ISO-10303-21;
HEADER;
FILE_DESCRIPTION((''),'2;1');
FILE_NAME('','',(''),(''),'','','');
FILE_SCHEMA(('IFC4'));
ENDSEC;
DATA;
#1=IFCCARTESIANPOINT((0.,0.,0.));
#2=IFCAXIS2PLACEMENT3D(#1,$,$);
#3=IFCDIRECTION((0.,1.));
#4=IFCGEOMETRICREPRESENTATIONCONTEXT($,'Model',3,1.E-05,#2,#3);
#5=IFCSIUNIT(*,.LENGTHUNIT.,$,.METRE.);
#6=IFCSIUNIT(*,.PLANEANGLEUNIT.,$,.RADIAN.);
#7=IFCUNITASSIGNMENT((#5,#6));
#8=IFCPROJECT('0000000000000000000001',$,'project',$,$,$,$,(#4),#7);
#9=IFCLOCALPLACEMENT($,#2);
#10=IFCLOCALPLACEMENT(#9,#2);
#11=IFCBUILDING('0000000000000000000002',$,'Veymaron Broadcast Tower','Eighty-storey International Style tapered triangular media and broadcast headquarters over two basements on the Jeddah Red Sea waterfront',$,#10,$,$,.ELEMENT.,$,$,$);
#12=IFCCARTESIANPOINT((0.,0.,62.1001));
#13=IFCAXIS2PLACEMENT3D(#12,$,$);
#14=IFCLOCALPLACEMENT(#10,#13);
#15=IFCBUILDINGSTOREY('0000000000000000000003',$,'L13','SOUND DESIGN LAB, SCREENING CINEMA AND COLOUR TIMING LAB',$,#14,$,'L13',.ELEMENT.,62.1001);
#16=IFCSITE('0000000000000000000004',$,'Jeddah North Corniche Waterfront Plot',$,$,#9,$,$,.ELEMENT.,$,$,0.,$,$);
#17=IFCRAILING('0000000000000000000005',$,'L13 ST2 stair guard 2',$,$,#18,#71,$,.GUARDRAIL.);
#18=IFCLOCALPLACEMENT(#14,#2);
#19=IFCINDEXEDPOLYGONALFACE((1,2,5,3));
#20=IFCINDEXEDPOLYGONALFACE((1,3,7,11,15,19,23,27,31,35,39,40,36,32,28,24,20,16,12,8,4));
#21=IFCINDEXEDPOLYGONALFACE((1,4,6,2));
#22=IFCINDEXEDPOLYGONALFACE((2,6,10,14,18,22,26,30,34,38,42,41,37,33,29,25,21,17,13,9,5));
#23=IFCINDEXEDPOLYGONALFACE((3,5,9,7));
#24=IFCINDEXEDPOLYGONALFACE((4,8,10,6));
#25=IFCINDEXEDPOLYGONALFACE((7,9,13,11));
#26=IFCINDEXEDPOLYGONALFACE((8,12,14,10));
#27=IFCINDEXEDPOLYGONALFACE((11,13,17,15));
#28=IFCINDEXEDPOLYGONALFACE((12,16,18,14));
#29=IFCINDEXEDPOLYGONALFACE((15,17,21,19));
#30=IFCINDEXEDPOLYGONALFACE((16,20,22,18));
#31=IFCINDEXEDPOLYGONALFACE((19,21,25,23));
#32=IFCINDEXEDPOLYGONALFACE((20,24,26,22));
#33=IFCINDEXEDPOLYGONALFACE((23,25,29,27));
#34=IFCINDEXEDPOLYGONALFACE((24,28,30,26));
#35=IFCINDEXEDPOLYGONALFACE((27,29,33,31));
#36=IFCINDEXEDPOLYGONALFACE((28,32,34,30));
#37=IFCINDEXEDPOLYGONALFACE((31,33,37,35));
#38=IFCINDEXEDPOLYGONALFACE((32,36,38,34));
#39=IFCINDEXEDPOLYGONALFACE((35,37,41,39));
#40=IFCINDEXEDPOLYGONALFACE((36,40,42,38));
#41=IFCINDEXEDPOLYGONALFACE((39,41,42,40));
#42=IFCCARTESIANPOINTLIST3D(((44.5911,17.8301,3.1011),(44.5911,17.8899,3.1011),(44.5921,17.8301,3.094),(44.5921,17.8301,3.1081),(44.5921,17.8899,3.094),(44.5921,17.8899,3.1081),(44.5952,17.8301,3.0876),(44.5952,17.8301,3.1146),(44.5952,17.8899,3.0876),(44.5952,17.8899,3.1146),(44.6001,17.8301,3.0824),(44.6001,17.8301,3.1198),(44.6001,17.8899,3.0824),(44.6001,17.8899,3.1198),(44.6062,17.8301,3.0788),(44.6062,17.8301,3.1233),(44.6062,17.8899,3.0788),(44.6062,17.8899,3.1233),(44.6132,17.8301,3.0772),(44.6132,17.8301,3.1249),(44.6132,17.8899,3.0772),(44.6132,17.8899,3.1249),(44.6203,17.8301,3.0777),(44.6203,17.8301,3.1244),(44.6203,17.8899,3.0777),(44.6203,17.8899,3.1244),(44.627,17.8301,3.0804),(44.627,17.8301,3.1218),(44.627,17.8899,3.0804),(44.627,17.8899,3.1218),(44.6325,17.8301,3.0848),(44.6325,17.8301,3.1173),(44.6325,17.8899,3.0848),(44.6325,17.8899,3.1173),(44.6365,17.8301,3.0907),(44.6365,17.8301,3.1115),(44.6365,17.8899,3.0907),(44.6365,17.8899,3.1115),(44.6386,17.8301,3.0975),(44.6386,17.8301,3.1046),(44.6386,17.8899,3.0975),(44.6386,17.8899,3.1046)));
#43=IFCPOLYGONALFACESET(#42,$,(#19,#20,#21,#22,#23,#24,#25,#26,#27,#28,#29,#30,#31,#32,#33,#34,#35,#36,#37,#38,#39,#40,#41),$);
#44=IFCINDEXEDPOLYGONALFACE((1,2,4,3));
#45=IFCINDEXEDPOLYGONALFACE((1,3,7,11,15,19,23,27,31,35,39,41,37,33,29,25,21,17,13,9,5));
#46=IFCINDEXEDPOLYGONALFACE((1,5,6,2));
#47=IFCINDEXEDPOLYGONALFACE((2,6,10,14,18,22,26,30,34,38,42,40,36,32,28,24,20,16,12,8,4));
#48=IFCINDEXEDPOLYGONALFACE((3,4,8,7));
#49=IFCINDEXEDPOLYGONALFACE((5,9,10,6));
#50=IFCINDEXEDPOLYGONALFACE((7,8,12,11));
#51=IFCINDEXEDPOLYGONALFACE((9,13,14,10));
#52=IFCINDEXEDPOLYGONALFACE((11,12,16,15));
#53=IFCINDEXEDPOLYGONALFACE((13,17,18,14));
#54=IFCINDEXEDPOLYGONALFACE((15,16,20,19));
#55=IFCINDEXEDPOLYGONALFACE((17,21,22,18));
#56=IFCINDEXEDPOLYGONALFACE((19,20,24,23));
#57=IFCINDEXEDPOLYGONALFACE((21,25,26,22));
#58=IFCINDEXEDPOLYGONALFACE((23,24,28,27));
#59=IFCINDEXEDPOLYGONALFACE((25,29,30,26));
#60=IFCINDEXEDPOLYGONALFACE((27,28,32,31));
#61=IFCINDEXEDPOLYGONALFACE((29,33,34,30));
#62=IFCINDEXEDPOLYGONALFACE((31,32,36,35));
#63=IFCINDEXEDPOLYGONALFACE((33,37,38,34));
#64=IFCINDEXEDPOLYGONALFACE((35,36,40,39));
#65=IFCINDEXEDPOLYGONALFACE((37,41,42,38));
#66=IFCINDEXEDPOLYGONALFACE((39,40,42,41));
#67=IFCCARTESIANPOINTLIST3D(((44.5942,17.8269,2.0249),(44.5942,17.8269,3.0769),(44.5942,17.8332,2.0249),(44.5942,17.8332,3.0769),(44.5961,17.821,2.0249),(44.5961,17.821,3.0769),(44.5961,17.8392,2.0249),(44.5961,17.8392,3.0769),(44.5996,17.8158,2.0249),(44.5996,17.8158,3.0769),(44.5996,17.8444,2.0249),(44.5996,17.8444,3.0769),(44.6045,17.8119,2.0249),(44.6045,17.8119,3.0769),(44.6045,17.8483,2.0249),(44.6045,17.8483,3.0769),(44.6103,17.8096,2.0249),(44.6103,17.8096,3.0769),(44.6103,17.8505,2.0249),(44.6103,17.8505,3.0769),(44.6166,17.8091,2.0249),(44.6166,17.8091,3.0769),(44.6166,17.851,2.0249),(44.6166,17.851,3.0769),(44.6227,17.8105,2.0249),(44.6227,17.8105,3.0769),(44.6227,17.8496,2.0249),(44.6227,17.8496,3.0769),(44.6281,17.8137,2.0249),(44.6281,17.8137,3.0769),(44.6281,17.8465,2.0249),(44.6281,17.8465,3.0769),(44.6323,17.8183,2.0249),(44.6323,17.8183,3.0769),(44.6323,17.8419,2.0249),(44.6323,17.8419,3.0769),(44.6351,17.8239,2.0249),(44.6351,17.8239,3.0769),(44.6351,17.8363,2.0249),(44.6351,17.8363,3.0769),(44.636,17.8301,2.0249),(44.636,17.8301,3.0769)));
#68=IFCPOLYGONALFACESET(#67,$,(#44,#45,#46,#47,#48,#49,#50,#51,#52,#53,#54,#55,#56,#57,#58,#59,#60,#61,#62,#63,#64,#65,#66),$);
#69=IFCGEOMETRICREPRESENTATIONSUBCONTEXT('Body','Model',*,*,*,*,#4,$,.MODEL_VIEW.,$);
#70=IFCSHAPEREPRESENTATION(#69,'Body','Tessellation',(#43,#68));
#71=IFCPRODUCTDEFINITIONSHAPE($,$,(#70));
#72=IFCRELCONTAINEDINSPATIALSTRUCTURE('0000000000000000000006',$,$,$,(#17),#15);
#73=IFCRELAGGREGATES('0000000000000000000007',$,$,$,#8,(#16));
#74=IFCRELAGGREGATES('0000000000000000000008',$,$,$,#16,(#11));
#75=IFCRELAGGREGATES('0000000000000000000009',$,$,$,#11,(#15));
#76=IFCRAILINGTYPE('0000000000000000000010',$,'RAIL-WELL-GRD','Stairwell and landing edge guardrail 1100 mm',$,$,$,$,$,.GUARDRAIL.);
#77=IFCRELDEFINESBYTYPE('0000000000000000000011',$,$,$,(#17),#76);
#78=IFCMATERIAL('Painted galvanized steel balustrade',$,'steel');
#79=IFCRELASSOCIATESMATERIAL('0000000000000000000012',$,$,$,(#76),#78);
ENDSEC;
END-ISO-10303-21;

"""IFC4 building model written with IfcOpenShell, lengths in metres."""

from ifc_helpers import new_model, si_unit, direction, frame, origin, origin_2d, place, context, subcontext, project, spatial, circle, extrude, material, type_object, element, save


model = new_model("IFC4")

# Units and contexts
model_context = context("Model", 3, precision=1e-05, world=origin(), true_north=direction((0.0, 1.0)))
body_context = subcontext(model_context, "Body", "Model", "MODEL_VIEW")
ifc_project = project(units=[si_unit("LENGTHUNIT", "METRE"), si_unit("PLANEANGLEUNIT", "RADIAN")], contexts=[model_context])

# Site, building, storey
site_placement = place(None, origin())
site = spatial("IfcSite", under=ifc_project, at=site_placement, Name="Jeddah North Corniche Waterfront Plot", CompositionType="ELEMENT", RefElevation=0.0)
building_placement = place(site_placement, origin())
building = spatial("IfcBuilding", under=site, at=building_placement, Name="Veymaron Broadcast Tower", Description="Eighty-storey International Style tapered triangular media and broadcast headquarters over two basements on the Jeddah Red Sea waterfront", CompositionType="ELEMENT")
storey_placement = place(building_placement, frame((0.0, 0.0, 62.1001)))
storey = spatial("IfcBuildingStorey", under=building, at=storey_placement, Name="L13", Description="SOUND DESIGN LAB, SCREENING CINEMA AND COLOUR TIMING LAB", LongName="L13", CompositionType="ELEMENT", Elevation=62.1001)

# Railing
ifc_material_1 = material(Name="Painted galvanized steel balustrade", Category="steel")
railing_type_1 = type_object("IfcRailingType", Name="RAIL-WELL-GRD", Description="Stairwell and landing edge guardrail 1100 mm", PredefinedType="GUARDRAIL", material=ifc_material_1)
railing_1_placement = place(storey_placement, frame((44.615, 17.8301, 2.0249)))
element("IfcRailing", 1, at=railing_1_placement, inside=storey, type_object=railing_type_1, Name="L13 ST2 stair guard 2", PredefinedType="GUARDRAIL", context=body_context, shape_type="SweptSolid", body=[
    extrude(circle(Radius=0.0239, at=origin_2d()), frame((0.0, 0.0, 1.0762), z_axis=(0.0, 1.0, 0.0), x_axis=(-1.0, 0.0, 0.0)), (0.0, 0.0, 1.0), 0.0598),
    extrude(circle(Radius=0.021, at=origin_2d()), origin(), (0.0, 0.0, 1.0), 1.052),
])

save(model, "model.ifc")
